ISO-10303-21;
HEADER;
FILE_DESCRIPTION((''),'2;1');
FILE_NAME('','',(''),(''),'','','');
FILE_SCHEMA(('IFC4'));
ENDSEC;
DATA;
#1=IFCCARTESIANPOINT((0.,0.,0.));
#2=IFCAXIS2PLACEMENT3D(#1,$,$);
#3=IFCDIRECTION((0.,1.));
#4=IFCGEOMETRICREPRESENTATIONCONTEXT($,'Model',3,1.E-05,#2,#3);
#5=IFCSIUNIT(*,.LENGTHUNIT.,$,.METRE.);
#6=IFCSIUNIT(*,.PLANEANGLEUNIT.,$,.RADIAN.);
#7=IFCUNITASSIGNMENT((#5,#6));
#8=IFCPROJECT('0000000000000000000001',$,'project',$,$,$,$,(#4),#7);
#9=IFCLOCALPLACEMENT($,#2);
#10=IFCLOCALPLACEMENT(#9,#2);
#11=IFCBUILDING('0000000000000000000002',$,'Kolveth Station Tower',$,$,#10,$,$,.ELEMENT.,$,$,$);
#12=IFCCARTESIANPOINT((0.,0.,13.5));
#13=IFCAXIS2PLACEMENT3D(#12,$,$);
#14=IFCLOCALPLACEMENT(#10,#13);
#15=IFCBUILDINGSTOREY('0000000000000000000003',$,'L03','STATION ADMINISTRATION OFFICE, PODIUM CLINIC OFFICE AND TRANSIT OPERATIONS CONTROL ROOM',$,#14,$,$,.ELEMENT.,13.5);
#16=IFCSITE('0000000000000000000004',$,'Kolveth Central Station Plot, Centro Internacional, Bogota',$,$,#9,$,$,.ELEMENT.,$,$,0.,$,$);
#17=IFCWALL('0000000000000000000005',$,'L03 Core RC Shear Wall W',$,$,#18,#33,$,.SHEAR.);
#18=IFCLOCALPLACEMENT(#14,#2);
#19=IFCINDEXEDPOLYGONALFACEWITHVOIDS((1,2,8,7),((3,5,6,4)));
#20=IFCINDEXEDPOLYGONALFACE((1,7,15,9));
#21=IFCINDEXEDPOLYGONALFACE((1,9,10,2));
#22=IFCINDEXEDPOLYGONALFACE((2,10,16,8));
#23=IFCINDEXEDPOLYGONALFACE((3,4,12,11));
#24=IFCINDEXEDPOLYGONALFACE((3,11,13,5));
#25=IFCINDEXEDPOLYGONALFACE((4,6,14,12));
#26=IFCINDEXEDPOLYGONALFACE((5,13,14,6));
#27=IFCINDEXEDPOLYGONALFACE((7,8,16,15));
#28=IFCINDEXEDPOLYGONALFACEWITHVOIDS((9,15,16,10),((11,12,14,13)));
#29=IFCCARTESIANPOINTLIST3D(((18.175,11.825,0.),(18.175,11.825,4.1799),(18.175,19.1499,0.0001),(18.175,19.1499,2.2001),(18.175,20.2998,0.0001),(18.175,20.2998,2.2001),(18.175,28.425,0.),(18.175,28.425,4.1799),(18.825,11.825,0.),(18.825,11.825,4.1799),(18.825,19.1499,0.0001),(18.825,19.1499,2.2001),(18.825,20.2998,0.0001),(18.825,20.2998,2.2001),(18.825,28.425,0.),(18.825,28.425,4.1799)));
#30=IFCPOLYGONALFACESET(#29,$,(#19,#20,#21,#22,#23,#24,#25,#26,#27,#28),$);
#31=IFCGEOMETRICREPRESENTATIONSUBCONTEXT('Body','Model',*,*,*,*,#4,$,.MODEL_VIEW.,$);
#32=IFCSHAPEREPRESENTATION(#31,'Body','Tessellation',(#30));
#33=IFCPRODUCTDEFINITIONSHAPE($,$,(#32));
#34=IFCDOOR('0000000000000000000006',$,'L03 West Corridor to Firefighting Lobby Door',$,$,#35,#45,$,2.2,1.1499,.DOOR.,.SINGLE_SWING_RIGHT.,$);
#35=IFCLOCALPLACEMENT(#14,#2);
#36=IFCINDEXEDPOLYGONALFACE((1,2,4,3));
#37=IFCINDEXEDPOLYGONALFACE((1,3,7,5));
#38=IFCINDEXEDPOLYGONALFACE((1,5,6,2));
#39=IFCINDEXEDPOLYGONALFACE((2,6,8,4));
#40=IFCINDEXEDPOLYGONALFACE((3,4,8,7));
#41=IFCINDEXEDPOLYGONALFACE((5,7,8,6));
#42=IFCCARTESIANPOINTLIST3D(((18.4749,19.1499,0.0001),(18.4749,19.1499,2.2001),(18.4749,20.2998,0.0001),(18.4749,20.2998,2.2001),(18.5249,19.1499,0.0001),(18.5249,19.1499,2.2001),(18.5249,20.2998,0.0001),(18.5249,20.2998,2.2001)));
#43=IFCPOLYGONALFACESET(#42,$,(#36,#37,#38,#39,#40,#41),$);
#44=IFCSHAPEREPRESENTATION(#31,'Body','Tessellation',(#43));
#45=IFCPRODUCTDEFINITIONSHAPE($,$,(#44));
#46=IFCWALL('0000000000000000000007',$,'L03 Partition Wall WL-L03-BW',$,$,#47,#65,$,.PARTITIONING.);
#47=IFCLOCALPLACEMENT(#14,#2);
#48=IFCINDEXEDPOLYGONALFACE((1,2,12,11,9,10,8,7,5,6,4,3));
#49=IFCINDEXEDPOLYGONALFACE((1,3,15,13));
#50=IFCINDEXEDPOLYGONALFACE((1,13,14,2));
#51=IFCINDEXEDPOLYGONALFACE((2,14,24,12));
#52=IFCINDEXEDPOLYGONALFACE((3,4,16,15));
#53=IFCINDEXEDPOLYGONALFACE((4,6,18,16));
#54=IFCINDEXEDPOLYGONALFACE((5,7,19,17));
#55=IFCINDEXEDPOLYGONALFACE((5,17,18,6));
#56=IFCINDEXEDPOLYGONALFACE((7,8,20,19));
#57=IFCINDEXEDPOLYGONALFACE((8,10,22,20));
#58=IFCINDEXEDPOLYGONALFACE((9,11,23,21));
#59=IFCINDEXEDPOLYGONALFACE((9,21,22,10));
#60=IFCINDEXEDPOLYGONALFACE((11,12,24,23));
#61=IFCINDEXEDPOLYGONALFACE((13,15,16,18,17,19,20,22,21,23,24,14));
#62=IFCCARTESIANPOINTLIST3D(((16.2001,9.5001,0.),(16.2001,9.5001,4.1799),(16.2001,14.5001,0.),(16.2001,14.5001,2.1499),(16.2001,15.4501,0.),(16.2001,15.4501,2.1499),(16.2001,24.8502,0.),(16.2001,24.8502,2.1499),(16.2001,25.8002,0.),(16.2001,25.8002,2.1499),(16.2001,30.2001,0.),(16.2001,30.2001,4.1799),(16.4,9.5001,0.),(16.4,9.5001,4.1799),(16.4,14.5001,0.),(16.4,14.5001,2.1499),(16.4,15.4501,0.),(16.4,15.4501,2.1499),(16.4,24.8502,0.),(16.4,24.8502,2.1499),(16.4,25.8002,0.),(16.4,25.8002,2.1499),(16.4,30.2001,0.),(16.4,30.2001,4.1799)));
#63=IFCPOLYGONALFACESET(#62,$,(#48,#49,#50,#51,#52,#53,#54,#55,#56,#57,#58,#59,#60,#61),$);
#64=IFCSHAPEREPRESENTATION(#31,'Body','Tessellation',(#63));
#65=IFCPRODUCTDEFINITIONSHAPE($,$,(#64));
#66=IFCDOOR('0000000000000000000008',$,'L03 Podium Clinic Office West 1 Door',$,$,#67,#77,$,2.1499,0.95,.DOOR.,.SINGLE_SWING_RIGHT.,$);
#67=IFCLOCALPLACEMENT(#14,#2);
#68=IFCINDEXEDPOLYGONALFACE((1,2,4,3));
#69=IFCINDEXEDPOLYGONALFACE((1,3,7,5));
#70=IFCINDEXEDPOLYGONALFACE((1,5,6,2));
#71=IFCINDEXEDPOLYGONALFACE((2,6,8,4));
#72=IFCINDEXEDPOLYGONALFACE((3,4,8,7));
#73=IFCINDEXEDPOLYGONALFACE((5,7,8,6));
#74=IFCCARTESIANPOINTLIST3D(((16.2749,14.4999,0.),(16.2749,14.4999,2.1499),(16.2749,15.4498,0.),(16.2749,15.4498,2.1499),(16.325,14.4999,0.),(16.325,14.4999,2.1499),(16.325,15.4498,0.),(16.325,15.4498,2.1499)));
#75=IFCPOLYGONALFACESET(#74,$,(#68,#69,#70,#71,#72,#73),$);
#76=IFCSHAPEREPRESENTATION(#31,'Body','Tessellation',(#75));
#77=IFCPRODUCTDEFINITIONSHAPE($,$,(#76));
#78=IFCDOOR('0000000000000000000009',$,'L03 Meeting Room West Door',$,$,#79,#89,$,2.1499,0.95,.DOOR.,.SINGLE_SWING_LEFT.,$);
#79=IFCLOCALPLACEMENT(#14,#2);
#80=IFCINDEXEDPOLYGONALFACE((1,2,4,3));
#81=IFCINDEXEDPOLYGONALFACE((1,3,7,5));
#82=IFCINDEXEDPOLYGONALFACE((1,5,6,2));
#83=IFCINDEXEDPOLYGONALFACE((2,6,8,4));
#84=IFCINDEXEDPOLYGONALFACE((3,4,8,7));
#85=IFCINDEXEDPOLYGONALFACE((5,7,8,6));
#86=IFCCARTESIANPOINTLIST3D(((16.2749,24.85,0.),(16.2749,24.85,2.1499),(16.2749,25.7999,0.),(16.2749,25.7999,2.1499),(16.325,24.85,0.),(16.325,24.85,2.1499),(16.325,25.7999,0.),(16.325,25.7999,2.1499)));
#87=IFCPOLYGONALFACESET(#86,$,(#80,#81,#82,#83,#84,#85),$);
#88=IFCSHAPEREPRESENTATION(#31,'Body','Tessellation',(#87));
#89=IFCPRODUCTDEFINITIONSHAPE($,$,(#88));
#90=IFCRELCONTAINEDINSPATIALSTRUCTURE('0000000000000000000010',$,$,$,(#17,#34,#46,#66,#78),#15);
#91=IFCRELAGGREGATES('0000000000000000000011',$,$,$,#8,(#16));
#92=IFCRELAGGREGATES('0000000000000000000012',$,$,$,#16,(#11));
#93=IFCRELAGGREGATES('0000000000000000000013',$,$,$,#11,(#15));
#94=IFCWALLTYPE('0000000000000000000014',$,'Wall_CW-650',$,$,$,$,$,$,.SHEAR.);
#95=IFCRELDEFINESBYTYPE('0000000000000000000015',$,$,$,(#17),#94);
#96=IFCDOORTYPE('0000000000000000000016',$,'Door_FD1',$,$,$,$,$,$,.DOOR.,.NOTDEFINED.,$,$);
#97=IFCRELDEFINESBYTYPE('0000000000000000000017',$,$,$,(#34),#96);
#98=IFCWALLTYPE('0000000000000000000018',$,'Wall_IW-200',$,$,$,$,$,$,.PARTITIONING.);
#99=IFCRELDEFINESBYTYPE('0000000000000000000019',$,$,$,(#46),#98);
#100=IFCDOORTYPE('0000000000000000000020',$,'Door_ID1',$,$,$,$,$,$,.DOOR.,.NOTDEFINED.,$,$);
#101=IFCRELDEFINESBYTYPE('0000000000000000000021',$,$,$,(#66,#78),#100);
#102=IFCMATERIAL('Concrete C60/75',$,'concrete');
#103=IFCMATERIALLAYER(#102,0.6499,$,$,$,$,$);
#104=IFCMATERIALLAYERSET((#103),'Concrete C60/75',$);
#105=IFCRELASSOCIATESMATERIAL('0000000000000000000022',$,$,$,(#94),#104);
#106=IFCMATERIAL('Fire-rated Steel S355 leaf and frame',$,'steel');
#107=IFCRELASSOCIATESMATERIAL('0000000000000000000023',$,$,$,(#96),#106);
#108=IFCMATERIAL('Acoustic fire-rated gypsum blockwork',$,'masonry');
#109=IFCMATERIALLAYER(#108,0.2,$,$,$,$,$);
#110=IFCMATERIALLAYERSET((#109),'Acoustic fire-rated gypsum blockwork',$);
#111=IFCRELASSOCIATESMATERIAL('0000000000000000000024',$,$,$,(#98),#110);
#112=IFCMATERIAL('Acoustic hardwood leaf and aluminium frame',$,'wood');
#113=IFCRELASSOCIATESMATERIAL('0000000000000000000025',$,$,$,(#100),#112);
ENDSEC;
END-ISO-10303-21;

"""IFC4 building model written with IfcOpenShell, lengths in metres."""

from ifc_helpers import new_model, si_unit, direction, frame, frame_2d, origin, place, context, subcontext, project, spatial, rectangle, extrude, material, layer, layer_set, type_object, element, fill, save


model = new_model("IFC4")

# Units and contexts
model_context = context("Model", 3, precision=1e-05, world=origin(), true_north=direction((0.0, 1.0)))
body_context = subcontext(model_context, "Body", "Model", "MODEL_VIEW")
ifc_project = project(units=[si_unit("LENGTHUNIT", "METRE"), si_unit("PLANEANGLEUNIT", "RADIAN")], contexts=[model_context])

# Site, building, storey
site_placement = place(None, origin())
site = spatial("IfcSite", under=ifc_project, at=site_placement, Name="Kolveth Central Station Plot, Centro Internacional, Bogota", CompositionType="ELEMENT", RefElevation=0.0)
building_placement = place(site_placement, origin())
building = spatial("IfcBuilding", under=site, at=building_placement, Name="Kolveth Station Tower", CompositionType="ELEMENT")
storey_placement = place(building_placement, frame((0.0, 0.0, 13.5)))
storey = spatial("IfcBuildingStorey", under=building, at=storey_placement, Name="L03", Description="STATION ADMINISTRATION OFFICE, PODIUM CLINIC OFFICE AND TRANSIT OPERATIONS CONTROL ROOM", CompositionType="ELEMENT", Elevation=13.5)

# Shared definitions
ifc_material_1 = material(Name="Concrete C60/75", Category="concrete")
ifc_layer_1 = layer(ifc_material_1, 0.6499)
ifc_layer_set_1 = layer_set([ifc_layer_1], Name="Concrete C60/75")
wall_type_1 = type_object("IfcWallType", Name="Wall_CW-650", PredefinedType="SHEAR", material=ifc_layer_set_1)

# Wall, opening, door
wall_1_placement = place(storey_placement, frame((18.5, 11.825, 0.0), z_axis=(0.0, 0.0, 1.0), x_axis=(0.0, 1.0, 0.0)))
wall_1 = element("IfcWall", 1, at=wall_1_placement, inside=storey, type_object=wall_type_1, Name="L03 Core RC Shear Wall W", PredefinedType="SHEAR", context=body_context, shape_type="SweptSolid", body=[
    extrude(rectangle(XDim=16.6001, YDim=0.6499, at=frame_2d((8.3, 0.0))), origin(), (0.0, 0.0, 1.0), 4.1799),
])
opening_1_placement = place(wall_1_placement, frame((7.325, 0.0, 0.0)))
opening_1 = element("IfcOpeningElement", 2, at=opening_1_placement, cuts=wall_1, PredefinedType="OPENING", context=body_context, shape_type="SweptSolid", body=[
    extrude(rectangle(XDim=1.1499, YDim=2.2, at=frame_2d((0.575, 1.1001))), frame((0.0, 0.335, 0.0), z_axis=(0.0, -1.0, 0.0), x_axis=(1.0, 0.0, 0.0)), (0.0, 0.0, 1.0), 0.6699),
])
ifc_material_2 = material(Name="Fire-rated Steel S355 leaf and frame", Category="steel")
door_type_1 = type_object("IfcDoorType", Name="Door_FD1", OperationType="NOTDEFINED", PredefinedType="DOOR", material=ifc_material_2)
door_1_placement = place(opening_1_placement, frame((1.1499, 0.0, 0.0), z_axis=(0.0, 0.0, 1.0), x_axis=(-1.0, 0.0, 0.0)))
door_1 = element("IfcDoor", 3, at=door_1_placement, inside=storey, type_object=door_type_1, Name="L03 West Corridor to Firefighting Lobby Door", OperationType="SINGLE_SWING_RIGHT", OverallHeight=2.2, OverallWidth=1.1499, PredefinedType="DOOR", context=body_context, shape_type="SweptSolid", body=[
    extrude(rectangle(XDim=1.1499, YDim=2.2, at=frame_2d((0.575, 1.1001))), frame((0.0, 0.0249, 0.0), z_axis=(0.0, -1.0, 0.0), x_axis=(1.0, 0.0, 0.0)), (0.0, 0.0, 1.0), 0.05),
])
fill(opening_1, door_1)

# Wall, openings, doors
ifc_material_3 = material(Name="Acoustic fire-rated gypsum blockwork", Category="masonry")
ifc_layer_2 = layer(ifc_material_3, 0.2)
ifc_layer_set_2 = layer_set([ifc_layer_2], Name="Acoustic fire-rated gypsum blockwork")
wall_type_2 = type_object("IfcWallType", Name="Wall_IW-200", PredefinedType="PARTITIONING", material=ifc_layer_set_2)
wall_2_placement = place(storey_placement, frame((16.3, 9.5, 0.0), z_axis=(0.0, 0.0, 1.0), x_axis=(0.0, 1.0, 0.0)))
wall_2 = element("IfcWall", 4, at=wall_2_placement, inside=storey, type_object=wall_type_2, Name="L03 Partition Wall WL-L03-BW", PredefinedType="PARTITIONING", context=body_context, shape_type="SweptSolid", body=[
    extrude(rectangle(XDim=20.7, YDim=0.2, at=frame_2d((10.3501, 0.0))), origin(), (0.0, 0.0, 1.0), 4.1799),
])
opening_2_placement = place(wall_2_placement, frame((5.0, 0.0, 0.0)))
opening_2 = element("IfcOpeningElement", 5, at=opening_2_placement, cuts=wall_2, PredefinedType="OPENING", context=body_context, shape_type="SweptSolid", body=[
    extrude(rectangle(XDim=0.95, YDim=2.1499, at=frame_2d((0.4751, 1.075))), frame((0.0, 0.1099, 0.0), z_axis=(0.0, -1.0, 0.0), x_axis=(1.0, 0.0, 0.0)), (0.0, 0.0, 1.0), 0.22),
])
opening_3_placement = place(wall_2_placement, frame((15.3501, 0.0, 0.0)))
opening_3 = element("IfcOpeningElement", 6, at=opening_3_placement, cuts=wall_2, PredefinedType="OPENING", context=body_context, shape_type="SweptSolid", body=[
    extrude(rectangle(XDim=0.95, YDim=2.1499, at=frame_2d((0.4751, 1.075))), frame((0.0, 0.1099, 0.0), z_axis=(0.0, -1.0, 0.0), x_axis=(1.0, 0.0, 0.0)), (0.0, 0.0, 1.0), 0.22),
])
ifc_material_4 = material(Name="Acoustic hardwood leaf and aluminium frame", Category="wood")
door_type_2 = type_object("IfcDoorType", Name="Door_ID1", OperationType="NOTDEFINED", PredefinedType="DOOR", material=ifc_material_4)
door_2_placement = place(opening_2_placement, frame((0.95, 0.0, 0.0), z_axis=(0.0, 0.0, 1.0), x_axis=(-1.0, 0.0, 0.0)))
door_2 = element("IfcDoor", 7, at=door_2_placement, inside=storey, type_object=door_type_2, Name="L03 Podium Clinic Office West 1 Door", OperationType="SINGLE_SWING_RIGHT", OverallHeight=2.1499, OverallWidth=0.95, PredefinedType="DOOR", context=body_context, shape_type="SweptSolid", body=[
    extrude(rectangle(XDim=0.95, YDim=2.1499, at=frame_2d((0.4751, 1.075))), frame((0.0, 0.0249, 0.0), z_axis=(0.0, -1.0, 0.0), x_axis=(1.0, 0.0, 0.0)), (0.0, 0.0, 1.0), 0.05),
])
fill(opening_2, door_2)
door_3_placement = place(opening_3_placement, frame((0.95, 0.0, 0.0), z_axis=(0.0, 0.0, 1.0), x_axis=(-1.0, 0.0, 0.0)))
door_3 = element("IfcDoor", 8, at=door_3_placement, inside=storey, type_object=door_type_2, Name="L03 Meeting Room West Door", OperationType="SINGLE_SWING_LEFT", OverallHeight=2.1499, OverallWidth=0.95, PredefinedType="DOOR", context=body_context, shape_type="SweptSolid", body=[
    extrude(rectangle(XDim=0.95, YDim=2.1499, at=frame_2d((0.4751, 1.075))), frame((0.0, 0.0249, 0.0), z_axis=(0.0, -1.0, 0.0), x_axis=(1.0, 0.0, 0.0)), (0.0, 0.0, 1.0), 0.05),
])
fill(opening_3, door_3)

save(model, "model.ifc")
